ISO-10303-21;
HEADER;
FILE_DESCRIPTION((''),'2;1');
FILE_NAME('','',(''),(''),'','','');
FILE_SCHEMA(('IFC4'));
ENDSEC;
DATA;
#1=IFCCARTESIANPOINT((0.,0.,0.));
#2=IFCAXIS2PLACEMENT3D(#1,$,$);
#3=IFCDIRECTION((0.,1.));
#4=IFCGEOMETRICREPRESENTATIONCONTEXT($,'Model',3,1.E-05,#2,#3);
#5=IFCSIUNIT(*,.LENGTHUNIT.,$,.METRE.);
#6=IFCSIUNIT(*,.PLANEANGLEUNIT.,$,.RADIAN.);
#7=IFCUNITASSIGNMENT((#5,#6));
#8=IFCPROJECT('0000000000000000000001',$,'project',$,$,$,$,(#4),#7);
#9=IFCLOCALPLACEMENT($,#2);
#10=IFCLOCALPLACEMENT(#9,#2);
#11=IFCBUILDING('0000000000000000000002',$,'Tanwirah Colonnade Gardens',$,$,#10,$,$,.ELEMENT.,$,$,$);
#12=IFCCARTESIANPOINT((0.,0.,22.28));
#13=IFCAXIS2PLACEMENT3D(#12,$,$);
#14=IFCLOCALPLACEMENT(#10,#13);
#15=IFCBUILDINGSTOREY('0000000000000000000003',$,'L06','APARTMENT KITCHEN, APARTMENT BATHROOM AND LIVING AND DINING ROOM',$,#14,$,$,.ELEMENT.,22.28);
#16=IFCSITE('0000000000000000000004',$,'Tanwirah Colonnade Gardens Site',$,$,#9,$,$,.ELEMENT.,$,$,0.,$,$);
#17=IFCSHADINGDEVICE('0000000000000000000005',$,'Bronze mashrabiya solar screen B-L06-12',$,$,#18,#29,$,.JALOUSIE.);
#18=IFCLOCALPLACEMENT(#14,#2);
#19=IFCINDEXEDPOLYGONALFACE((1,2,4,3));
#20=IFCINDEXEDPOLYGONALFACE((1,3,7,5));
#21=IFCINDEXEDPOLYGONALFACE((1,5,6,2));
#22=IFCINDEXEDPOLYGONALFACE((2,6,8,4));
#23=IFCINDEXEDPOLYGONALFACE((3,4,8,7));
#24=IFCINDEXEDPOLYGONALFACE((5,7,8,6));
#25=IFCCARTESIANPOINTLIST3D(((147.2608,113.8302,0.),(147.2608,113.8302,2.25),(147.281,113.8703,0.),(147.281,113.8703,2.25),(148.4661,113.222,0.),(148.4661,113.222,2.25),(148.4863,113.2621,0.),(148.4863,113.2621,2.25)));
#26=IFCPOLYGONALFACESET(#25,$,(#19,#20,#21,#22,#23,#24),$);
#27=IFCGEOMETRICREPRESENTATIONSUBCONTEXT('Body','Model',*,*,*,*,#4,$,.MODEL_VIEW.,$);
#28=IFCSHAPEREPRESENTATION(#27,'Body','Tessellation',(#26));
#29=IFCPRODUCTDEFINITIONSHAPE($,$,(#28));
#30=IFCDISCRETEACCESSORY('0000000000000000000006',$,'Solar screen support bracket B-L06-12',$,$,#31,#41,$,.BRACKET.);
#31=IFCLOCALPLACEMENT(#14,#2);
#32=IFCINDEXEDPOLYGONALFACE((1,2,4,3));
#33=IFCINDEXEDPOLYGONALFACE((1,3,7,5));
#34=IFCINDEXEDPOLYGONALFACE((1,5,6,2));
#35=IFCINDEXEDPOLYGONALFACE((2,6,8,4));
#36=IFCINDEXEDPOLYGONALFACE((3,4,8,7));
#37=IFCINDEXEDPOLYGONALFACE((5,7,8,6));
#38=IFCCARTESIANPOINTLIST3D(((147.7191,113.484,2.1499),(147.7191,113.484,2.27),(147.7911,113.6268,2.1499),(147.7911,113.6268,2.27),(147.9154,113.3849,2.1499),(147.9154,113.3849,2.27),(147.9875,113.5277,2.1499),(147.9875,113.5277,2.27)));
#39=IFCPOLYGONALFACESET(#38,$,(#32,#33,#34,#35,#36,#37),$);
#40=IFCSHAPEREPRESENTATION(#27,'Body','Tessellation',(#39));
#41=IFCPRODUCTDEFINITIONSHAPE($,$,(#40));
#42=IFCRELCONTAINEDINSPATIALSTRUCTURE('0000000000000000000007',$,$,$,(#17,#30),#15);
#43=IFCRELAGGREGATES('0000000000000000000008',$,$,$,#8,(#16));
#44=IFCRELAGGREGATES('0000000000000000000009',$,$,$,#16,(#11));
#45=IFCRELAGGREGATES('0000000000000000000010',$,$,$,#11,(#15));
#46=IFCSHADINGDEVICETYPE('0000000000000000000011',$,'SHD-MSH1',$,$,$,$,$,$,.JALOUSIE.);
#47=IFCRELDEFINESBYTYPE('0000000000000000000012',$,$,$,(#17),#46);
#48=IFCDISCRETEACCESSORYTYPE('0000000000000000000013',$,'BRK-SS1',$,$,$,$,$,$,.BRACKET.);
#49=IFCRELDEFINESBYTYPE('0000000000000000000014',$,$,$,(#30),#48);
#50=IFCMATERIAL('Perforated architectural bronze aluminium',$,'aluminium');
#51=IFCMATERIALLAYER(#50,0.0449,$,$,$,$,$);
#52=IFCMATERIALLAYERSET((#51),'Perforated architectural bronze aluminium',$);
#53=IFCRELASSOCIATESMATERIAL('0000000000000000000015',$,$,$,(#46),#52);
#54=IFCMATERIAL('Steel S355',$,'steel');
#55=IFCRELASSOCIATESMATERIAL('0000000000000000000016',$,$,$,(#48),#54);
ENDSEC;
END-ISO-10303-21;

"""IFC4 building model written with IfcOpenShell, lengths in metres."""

from ifc_helpers import new_model, si_unit, direction, frame, origin, origin_2d, place, context, subcontext, project, spatial, rectangle, extrude, material, layer, layer_set, type_object, element, save


model = new_model("IFC4")

# Units and contexts
model_context = context("Model", 3, precision=1e-05, world=origin(), true_north=direction((0.0, 1.0)))
body_context = subcontext(model_context, "Body", "Model", "MODEL_VIEW")
ifc_project = project(units=[si_unit("LENGTHUNIT", "METRE"), si_unit("PLANEANGLEUNIT", "RADIAN")], contexts=[model_context])

# Site, building, storey
site_placement = place(None, origin())
site = spatial("IfcSite", under=ifc_project, at=site_placement, Name="Tanwirah Colonnade Gardens Site", CompositionType="ELEMENT", RefElevation=0.0)
building_placement = place(site_placement, origin())
building = spatial("IfcBuilding", under=site, at=building_placement, Name="Tanwirah Colonnade Gardens", CompositionType="ELEMENT")
storey_placement = place(building_placement, frame((0.0, 0.0, 22.28)))
storey = spatial("IfcBuildingStorey", under=building, at=storey_placement, Name="L06", Description="APARTMENT KITCHEN, APARTMENT BATHROOM AND LIVING AND DINING ROOM", CompositionType="ELEMENT", Elevation=22.28)

# Shading device
ifc_material_1 = material(Name="Perforated architectural bronze aluminium", Category="aluminium")
ifc_layer_1 = layer(ifc_material_1, 0.0449)
ifc_layer_set_1 = layer_set([ifc_layer_1], Name="Perforated architectural bronze aluminium")
shading_device_type = type_object("IfcShadingDeviceType", Name="SHD-MSH1", PredefinedType="JALOUSIE", material=ifc_layer_set_1)
shading_device_placement = place(storey_placement, frame((147.8735, 113.5461, 0.0), z_axis=(0.0, 0.0, 1.0), x_axis=(-0.89276, 0.450533, 0.0)))
element("IfcShadingDevice", 1, at=shading_device_placement, inside=storey, type_object=shading_device_type, Name="Bronze mashrabiya solar screen B-L06-12", PredefinedType="JALOUSIE", context=body_context, shape_type="SweptSolid", body=[
    extrude(rectangle(XDim=1.3501, YDim=0.0449, at=origin_2d()), origin(), (0.0, 0.0, 1.0), 2.25),
])

# Discrete accessory
ifc_material_2 = material(Name="Steel S355", Category="steel")
discrete_accessory_type = type_object("IfcDiscreteAccessoryType", Name="BRK-SS1", PredefinedType="BRACKET", material=ifc_material_2)
discrete_accessory_placement = place(storey_placement, frame((147.8533, 113.5059, 2.1499), z_axis=(0.0, 0.0, 1.0), x_axis=(-0.89276, 0.450533, 0.0)))
element("IfcDiscreteAccessory", 2, at=discrete_accessory_placement, inside=storey, type_object=discrete_accessory_type, Name="Solar screen support bracket B-L06-12", PredefinedType="BRACKET", context=body_context, shape_type="SweptSolid", body=[
    extrude(rectangle(XDim=0.22, YDim=0.1599, at=origin_2d()), origin(), (0.0, 0.0, 1.0), 0.1201),
])

save(model, "model.ifc")
